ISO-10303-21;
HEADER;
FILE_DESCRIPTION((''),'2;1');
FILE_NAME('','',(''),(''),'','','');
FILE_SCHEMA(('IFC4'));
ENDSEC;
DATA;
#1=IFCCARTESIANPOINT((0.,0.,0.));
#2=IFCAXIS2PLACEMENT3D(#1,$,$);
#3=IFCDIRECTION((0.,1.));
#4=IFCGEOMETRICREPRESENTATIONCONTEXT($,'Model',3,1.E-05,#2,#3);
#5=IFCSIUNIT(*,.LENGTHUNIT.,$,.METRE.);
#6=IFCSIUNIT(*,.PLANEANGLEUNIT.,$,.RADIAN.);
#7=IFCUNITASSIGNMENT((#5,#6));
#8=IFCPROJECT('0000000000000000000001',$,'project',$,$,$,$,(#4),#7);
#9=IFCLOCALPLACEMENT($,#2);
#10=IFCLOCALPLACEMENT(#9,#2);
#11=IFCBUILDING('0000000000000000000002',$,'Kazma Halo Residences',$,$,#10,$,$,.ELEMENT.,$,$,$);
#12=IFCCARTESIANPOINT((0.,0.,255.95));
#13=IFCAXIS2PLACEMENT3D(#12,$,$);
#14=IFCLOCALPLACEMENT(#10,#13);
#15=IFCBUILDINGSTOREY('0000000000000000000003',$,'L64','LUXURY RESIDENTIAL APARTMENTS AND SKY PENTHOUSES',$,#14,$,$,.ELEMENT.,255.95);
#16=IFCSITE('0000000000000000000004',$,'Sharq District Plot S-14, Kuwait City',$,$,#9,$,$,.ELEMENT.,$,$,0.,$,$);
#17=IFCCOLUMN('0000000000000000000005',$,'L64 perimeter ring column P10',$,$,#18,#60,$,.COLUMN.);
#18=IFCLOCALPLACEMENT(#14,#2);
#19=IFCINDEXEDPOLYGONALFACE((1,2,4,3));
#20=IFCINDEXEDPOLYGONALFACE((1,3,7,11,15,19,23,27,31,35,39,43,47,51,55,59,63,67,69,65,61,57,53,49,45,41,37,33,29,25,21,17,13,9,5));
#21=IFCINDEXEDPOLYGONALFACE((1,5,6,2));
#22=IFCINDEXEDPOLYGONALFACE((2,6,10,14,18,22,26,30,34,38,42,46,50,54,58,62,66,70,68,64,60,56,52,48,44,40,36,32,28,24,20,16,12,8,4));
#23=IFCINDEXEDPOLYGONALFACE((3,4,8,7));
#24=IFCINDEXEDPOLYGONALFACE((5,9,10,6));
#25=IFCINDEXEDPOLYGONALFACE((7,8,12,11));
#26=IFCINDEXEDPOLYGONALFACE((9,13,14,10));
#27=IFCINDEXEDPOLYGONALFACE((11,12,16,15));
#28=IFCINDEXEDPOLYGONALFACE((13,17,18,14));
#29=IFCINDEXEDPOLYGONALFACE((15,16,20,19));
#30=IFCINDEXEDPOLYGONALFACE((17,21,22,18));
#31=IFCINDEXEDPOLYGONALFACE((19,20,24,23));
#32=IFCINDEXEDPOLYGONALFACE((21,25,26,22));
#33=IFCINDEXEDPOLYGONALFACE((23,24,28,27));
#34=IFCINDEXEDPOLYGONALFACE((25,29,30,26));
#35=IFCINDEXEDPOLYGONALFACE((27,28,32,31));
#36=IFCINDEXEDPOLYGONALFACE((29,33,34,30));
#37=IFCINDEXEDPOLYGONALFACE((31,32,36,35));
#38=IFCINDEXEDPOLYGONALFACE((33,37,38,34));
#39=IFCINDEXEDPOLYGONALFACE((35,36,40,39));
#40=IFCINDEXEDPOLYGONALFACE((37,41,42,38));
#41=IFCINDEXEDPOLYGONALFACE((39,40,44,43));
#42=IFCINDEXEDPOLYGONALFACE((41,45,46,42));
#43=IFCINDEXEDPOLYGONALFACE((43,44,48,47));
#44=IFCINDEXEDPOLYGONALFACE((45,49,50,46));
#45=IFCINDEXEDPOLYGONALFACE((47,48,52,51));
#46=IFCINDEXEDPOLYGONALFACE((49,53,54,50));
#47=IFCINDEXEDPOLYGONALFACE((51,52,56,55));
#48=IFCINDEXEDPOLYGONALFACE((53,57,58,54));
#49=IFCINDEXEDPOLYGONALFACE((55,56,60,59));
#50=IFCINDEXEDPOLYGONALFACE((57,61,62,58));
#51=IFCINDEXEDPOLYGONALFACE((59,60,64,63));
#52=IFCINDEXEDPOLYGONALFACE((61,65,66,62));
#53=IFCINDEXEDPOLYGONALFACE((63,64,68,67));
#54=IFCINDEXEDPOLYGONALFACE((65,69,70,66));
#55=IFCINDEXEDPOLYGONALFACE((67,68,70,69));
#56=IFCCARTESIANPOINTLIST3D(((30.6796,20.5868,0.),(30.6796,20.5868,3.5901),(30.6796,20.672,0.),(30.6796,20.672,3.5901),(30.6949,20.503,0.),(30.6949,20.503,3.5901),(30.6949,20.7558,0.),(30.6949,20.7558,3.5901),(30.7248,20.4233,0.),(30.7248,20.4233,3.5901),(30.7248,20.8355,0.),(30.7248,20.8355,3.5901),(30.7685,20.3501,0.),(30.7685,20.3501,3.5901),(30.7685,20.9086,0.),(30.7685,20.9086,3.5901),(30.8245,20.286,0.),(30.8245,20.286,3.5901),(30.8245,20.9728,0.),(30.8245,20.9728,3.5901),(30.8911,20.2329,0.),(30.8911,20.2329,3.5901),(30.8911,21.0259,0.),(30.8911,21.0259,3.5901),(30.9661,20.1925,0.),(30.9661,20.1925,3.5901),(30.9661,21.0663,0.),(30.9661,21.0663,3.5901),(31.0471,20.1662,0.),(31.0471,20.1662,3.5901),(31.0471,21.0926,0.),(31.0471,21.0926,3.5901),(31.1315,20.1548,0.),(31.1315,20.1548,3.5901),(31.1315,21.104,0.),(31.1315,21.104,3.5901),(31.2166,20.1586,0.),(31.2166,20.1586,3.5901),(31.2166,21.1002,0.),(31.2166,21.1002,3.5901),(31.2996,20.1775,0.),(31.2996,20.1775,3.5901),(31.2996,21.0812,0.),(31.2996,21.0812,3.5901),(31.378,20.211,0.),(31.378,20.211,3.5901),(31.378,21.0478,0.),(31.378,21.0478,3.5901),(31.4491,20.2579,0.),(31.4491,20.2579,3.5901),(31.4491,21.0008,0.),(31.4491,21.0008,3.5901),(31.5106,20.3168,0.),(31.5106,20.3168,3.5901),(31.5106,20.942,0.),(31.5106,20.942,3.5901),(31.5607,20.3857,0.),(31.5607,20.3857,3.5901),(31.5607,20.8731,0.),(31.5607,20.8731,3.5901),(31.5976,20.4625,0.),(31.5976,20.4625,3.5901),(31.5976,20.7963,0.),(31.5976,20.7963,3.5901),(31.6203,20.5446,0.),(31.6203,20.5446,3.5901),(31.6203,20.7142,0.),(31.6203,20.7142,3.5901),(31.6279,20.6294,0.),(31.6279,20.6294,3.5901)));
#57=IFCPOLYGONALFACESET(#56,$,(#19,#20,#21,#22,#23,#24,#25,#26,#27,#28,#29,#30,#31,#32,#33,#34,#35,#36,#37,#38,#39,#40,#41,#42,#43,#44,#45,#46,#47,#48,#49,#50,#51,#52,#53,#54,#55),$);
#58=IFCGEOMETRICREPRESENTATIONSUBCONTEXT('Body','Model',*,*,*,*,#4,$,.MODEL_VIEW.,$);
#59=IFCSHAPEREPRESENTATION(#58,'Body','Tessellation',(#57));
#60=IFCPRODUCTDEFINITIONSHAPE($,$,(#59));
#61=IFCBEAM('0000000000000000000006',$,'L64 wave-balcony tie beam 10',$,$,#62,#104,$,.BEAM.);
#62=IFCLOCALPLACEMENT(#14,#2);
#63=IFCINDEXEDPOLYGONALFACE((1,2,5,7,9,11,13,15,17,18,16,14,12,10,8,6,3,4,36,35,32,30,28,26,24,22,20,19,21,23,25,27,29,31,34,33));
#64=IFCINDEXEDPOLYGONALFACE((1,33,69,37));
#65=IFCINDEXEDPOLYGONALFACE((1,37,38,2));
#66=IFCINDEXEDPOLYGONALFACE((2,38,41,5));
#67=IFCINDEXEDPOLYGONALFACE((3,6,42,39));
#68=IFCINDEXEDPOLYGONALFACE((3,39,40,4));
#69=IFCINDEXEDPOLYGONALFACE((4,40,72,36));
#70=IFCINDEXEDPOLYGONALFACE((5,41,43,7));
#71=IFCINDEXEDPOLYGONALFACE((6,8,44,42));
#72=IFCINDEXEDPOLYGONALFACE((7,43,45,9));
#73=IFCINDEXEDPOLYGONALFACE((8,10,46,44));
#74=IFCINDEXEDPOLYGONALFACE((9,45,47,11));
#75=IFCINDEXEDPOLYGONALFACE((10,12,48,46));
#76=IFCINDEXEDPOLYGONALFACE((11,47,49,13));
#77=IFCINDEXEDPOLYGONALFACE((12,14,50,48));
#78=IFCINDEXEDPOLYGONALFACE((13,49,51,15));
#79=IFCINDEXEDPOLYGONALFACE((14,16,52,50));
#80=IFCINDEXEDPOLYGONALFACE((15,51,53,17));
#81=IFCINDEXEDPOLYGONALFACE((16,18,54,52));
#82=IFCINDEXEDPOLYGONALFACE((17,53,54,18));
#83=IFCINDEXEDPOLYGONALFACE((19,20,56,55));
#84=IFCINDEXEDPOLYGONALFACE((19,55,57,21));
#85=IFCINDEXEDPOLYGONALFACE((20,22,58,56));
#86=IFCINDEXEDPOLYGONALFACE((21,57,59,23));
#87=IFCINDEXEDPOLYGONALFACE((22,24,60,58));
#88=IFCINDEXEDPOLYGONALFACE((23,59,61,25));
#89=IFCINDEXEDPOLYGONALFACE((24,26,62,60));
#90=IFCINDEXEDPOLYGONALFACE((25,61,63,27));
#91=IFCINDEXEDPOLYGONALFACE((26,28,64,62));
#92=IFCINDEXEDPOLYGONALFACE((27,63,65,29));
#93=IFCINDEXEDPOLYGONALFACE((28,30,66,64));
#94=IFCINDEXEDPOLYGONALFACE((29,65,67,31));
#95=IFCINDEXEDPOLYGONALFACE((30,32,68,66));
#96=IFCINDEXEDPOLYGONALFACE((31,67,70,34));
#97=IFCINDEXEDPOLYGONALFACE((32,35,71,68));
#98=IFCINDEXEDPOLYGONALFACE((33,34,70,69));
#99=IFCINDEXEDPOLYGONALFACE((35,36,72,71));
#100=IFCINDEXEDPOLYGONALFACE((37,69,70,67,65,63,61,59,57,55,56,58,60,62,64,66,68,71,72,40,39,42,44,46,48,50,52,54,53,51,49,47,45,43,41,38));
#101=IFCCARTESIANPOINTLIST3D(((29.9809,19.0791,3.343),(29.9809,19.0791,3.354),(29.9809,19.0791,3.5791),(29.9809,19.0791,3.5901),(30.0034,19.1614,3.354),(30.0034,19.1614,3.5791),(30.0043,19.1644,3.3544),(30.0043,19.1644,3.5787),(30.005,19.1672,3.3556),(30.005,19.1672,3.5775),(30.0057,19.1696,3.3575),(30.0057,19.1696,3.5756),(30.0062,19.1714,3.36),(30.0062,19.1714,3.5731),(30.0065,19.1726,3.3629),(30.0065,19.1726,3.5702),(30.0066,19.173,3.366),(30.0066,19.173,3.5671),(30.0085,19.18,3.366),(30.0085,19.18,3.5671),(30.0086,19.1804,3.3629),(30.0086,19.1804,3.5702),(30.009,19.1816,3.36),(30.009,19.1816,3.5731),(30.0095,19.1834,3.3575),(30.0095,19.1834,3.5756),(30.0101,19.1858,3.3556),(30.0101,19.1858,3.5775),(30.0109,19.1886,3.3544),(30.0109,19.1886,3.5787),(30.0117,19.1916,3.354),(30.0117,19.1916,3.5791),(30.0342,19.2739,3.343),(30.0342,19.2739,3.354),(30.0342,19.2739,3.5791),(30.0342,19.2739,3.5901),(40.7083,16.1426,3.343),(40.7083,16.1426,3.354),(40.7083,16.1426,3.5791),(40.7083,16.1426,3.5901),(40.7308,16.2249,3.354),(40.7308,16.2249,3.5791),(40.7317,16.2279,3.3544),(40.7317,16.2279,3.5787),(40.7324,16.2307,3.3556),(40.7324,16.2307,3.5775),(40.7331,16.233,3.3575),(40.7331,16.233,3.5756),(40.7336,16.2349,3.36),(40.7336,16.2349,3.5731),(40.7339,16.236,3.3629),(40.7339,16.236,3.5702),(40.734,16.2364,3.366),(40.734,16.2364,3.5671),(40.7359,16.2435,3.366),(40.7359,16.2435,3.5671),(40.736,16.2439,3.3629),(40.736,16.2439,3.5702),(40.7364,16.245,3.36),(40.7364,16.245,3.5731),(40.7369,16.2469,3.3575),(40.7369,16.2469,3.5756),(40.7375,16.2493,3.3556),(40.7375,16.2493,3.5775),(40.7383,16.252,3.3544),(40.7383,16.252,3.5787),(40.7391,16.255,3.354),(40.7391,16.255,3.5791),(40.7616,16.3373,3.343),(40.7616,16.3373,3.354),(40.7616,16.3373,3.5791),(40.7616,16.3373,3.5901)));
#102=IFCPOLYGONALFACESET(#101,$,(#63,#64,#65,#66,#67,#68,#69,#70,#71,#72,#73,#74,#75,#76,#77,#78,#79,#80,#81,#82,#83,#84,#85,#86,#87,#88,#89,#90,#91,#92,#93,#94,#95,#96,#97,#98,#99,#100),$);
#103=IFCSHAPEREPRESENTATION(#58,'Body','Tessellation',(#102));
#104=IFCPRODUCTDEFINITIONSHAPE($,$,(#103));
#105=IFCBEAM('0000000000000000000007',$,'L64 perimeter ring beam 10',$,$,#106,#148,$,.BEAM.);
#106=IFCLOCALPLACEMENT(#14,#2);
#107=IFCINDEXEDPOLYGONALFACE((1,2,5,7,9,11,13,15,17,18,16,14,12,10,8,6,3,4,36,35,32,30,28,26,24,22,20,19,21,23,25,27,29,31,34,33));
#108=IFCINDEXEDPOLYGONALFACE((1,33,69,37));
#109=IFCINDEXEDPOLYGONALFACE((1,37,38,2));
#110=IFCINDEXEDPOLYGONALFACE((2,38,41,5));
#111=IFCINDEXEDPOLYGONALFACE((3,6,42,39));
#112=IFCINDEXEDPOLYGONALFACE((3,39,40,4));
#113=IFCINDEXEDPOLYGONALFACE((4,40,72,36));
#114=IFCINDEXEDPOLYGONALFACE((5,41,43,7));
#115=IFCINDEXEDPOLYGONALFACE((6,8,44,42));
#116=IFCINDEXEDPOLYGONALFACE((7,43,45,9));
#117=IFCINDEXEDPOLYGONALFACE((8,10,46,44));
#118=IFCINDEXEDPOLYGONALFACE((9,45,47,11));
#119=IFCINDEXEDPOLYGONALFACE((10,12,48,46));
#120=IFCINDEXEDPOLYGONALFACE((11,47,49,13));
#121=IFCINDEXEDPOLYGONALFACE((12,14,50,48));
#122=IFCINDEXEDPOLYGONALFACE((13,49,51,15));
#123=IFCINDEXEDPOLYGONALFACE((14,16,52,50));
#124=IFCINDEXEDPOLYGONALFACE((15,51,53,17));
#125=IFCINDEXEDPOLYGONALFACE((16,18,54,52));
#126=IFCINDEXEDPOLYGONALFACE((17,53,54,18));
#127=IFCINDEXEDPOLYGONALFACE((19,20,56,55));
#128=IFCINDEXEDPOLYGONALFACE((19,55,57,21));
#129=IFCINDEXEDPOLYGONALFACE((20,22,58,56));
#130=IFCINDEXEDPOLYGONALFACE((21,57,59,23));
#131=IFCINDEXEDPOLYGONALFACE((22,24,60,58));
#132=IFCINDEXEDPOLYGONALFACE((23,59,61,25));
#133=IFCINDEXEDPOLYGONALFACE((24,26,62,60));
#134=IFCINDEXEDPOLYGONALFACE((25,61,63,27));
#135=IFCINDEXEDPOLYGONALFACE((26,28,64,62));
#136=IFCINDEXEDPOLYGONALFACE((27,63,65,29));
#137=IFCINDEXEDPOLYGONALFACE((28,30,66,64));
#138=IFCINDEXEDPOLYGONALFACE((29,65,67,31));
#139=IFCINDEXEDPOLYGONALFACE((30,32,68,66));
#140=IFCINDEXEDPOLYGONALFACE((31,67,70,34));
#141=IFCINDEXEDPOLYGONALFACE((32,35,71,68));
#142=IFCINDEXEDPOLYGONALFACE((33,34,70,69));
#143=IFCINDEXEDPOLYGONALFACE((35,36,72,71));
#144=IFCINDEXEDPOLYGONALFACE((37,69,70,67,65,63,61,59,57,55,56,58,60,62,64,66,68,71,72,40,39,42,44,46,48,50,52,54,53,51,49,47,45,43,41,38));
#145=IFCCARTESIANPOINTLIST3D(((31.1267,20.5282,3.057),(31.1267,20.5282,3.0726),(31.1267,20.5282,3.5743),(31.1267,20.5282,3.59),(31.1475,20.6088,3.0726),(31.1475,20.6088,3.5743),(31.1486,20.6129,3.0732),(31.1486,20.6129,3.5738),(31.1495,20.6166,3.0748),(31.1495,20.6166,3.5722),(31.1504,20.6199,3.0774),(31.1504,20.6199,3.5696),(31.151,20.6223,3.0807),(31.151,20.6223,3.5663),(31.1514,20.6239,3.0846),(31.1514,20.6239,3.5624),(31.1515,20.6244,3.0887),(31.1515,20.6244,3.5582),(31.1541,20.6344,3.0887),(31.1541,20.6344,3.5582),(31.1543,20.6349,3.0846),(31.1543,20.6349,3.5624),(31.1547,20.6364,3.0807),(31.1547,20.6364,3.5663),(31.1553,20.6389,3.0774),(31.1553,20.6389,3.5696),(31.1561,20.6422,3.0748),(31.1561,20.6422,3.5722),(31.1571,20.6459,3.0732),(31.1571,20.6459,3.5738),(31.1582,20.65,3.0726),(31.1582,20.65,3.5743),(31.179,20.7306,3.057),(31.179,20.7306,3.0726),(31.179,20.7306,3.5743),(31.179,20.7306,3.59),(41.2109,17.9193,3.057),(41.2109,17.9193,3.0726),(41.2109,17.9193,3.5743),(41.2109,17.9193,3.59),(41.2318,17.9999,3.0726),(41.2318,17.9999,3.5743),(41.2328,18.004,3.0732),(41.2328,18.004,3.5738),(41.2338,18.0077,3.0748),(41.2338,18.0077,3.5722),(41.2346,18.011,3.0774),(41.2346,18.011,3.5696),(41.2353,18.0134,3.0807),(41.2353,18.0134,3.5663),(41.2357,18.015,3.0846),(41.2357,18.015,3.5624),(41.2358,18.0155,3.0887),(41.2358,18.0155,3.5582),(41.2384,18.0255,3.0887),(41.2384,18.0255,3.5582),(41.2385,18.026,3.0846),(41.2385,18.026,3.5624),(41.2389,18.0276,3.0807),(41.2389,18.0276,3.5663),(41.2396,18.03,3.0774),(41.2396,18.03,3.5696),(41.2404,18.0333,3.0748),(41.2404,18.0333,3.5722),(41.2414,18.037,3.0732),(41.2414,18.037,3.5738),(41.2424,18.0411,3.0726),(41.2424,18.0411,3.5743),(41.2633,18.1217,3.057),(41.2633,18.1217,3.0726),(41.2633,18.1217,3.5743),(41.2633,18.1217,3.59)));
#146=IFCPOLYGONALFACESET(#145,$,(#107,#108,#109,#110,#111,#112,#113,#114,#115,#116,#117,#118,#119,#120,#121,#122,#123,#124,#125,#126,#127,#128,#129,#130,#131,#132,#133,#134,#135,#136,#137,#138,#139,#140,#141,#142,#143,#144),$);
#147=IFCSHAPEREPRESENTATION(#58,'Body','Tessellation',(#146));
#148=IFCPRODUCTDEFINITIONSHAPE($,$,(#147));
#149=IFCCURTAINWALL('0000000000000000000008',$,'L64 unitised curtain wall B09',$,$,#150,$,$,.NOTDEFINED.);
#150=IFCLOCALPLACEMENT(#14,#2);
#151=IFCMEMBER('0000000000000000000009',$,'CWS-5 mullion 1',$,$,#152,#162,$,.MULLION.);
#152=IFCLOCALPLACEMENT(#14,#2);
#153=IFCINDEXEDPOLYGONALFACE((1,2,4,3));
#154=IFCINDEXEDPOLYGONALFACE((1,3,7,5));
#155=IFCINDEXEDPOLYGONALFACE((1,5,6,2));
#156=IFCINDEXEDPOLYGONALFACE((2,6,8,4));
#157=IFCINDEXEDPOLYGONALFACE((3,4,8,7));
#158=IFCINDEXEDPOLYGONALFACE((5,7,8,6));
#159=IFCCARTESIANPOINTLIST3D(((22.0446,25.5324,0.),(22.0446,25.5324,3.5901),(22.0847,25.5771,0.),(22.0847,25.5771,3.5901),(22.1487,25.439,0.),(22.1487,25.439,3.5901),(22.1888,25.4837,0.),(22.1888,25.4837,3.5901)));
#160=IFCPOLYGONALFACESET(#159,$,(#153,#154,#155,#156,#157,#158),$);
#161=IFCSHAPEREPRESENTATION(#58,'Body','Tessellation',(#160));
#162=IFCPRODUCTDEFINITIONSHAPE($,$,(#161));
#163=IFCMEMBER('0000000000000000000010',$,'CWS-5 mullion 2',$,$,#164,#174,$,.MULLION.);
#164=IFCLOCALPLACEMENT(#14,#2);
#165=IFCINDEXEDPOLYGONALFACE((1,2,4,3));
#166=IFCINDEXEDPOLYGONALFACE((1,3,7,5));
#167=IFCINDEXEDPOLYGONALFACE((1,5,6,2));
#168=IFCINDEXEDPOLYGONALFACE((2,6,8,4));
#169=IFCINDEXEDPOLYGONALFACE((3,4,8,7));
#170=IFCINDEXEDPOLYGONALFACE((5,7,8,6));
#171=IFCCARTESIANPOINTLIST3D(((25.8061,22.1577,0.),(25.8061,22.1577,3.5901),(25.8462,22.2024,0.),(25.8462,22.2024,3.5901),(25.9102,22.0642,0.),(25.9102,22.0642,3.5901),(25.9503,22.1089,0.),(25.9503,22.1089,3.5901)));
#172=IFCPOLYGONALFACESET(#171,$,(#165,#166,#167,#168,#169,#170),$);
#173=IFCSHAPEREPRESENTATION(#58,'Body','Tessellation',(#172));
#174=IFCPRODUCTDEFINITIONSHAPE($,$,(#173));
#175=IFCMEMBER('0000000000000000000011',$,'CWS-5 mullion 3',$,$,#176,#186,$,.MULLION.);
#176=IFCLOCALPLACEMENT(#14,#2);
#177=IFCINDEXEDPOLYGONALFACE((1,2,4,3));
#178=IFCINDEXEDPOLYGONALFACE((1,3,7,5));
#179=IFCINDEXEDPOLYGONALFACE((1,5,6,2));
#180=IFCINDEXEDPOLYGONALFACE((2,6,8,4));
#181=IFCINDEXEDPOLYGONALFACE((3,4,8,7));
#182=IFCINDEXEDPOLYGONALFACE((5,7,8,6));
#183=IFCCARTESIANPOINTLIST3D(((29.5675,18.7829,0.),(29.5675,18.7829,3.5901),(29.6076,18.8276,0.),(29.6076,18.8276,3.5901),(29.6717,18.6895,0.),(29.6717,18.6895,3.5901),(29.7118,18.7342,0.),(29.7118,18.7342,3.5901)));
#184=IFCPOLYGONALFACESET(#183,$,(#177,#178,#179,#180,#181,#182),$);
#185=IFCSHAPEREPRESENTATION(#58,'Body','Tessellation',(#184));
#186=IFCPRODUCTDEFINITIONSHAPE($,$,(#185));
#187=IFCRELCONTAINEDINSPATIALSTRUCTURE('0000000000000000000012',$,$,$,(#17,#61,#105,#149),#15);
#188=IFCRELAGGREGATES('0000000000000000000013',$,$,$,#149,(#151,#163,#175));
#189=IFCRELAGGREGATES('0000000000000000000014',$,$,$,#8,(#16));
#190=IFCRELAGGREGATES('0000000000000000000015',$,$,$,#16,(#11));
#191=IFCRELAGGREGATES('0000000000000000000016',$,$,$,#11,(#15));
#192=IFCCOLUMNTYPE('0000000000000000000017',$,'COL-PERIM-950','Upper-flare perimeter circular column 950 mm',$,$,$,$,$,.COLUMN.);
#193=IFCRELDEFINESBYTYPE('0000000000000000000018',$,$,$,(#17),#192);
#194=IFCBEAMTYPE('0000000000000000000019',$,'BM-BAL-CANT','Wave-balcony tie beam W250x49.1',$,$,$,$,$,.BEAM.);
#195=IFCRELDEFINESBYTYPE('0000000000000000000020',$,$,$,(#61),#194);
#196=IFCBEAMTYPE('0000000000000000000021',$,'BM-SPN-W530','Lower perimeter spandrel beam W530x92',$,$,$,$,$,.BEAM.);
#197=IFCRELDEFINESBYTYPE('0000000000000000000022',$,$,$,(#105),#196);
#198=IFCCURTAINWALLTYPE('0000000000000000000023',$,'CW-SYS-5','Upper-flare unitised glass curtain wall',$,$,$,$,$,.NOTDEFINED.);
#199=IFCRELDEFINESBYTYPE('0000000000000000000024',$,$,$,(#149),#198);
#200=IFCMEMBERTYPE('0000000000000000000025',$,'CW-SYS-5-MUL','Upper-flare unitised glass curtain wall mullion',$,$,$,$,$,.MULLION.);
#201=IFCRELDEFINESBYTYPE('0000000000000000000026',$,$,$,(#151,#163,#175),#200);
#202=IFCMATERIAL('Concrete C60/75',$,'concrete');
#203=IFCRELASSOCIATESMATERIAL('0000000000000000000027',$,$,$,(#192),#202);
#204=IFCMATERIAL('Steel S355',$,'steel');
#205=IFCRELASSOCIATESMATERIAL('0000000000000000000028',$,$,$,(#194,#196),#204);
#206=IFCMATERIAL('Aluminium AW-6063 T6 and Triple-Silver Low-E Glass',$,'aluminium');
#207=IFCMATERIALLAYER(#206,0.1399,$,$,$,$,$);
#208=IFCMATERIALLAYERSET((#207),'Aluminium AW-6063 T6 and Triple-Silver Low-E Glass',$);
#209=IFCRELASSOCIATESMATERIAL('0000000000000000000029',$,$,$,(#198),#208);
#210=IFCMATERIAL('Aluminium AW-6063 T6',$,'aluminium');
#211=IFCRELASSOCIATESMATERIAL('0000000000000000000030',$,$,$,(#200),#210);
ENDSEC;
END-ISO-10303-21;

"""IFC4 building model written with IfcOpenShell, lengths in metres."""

from ifc_helpers import new_model, si_unit, direction, frame, origin, origin_2d, place, context, subcontext, project, spatial, rectangle, circle, i_section, extrude, material, layer, layer_set, material_profile, profile_set, type_object, element, aggregate, save


model = new_model("IFC4")

# Units and contexts
model_context = context("Model", 3, precision=1e-05, world=origin(), true_north=direction((0.0, 1.0)))
body_context = subcontext(model_context, "Body", "Model", "MODEL_VIEW")
ifc_project = project(units=[si_unit("LENGTHUNIT", "METRE"), si_unit("PLANEANGLEUNIT", "RADIAN")], contexts=[model_context])

# Site, building, storey
site_placement = place(None, origin())
site = spatial("IfcSite", under=ifc_project, at=site_placement, Name="Sharq District Plot S-14, Kuwait City", CompositionType="ELEMENT", RefElevation=0.0)
building_placement = place(site_placement, origin())
building = spatial("IfcBuilding", under=site, at=building_placement, Name="Kazma Halo Residences", CompositionType="ELEMENT")
storey_placement = place(building_placement, frame((0.0, 0.0, 255.95)))
storey = spatial("IfcBuildingStorey", under=building, at=storey_placement, Name="L64", Description="LUXURY RESIDENTIAL APARTMENTS AND SKY PENTHOUSES", CompositionType="ELEMENT", Elevation=255.95)

# Column
ifc_material_1 = material(Name="Concrete C60/75", Category="concrete")
ifc_material_profile_1 = material_profile(ifc_material_1, circle(Radius=0.4751, at=origin_2d()), Name="CIRC950")
ifc_profile_set_1 = profile_set([ifc_material_profile_1], Name="Concrete C60/75")
column_type = type_object("IfcColumnType", Name="COL-PERIM-950", Description="Upper-flare perimeter circular column 950 mm", PredefinedType="COLUMN", material=ifc_profile_set_1)
column_placement = place(storey_placement, frame((31.1528, 20.6294, 0.0), z_axis=(0.0, 0.0, 1.0), x_axis=(1.0, 0.0, 0.0)))
element("IfcColumn", 1, at=column_placement, inside=storey, type_object=column_type, Name="L64 perimeter ring column P10", PredefinedType="COLUMN", context=body_context, shape_type="SweptSolid", body=[
    extrude(circle(Radius=0.4751, at=origin_2d()), origin(), (0.0, 0.0, 1.0), 3.5901),
])

# Beams
ifc_material_2 = material(Name="Steel S355", Category="steel")
ifc_material_profile_2 = material_profile(ifc_material_2, i_section(OverallWidth=0.2019, OverallDepth=0.2471, WebThickness=0.0073, FlangeThickness=0.011, FilletRadius=0.012, at=origin_2d()), Name="W250x49.1")
ifc_profile_set_2 = profile_set([ifc_material_profile_2], Name="Steel S355")
beam_type_1 = type_object("IfcBeamType", Name="BM-BAL-CANT", Description="Wave-balcony tie beam W250x49.1", PredefinedType="BEAM", material=ifc_profile_set_2)
beam_1_placement = place(storey_placement, frame((30.0076, 19.1765, 3.4666), z_axis=(0.964515, -0.264029, 0.0), x_axis=(0.264029, 0.964515, 0.0)))
element("IfcBeam", 2, at=beam_1_placement, inside=storey, type_object=beam_type_1, Name="L64 wave-balcony tie beam 10", PredefinedType="BEAM", context=body_context, shape_type="SweptSolid", body=[
    extrude(i_section(OverallWidth=0.2019, OverallDepth=0.2471, WebThickness=0.0073, FlangeThickness=0.011, FilletRadius=0.012, at=origin_2d()), origin(), (0.0, 0.0, 1.0), 11.1221),
])
ifc_material_profile_3 = material_profile(ifc_material_2, i_section(OverallWidth=0.209, OverallDepth=0.533, WebThickness=0.0103, FlangeThickness=0.0156, FilletRadius=0.0161, at=origin_2d()), Name="W530x92")
ifc_profile_set_3 = profile_set([ifc_material_profile_3], Name="Steel S355")
beam_type_2 = type_object("IfcBeamType", Name="BM-SPN-W530", Description="Lower perimeter spandrel beam W530x92", PredefinedType="BEAM", material=ifc_profile_set_3)
beam_2_placement = place(storey_placement, frame((31.1528, 20.6294, 3.3235), z_axis=(0.968126, -0.250464, 0.0), x_axis=(0.250464, 0.968126, 0.0)))
element("IfcBeam", 3, at=beam_2_placement, inside=storey, type_object=beam_type_2, Name="L64 perimeter ring beam 10", PredefinedType="BEAM", context=body_context, shape_type="SweptSolid", body=[
    extrude(i_section(OverallWidth=0.209, OverallDepth=0.533, WebThickness=0.0103, FlangeThickness=0.0156, FilletRadius=0.0161, at=origin_2d()), origin(), (0.0, 0.0, 1.0), 10.4163),
])

# Curtain wall, members
ifc_material_3 = material(Name="Aluminium AW-6063 T6 and Triple-Silver Low-E Glass", Category="aluminium")
ifc_layer_1 = layer(ifc_material_3, 0.1399)
ifc_layer_set_1 = layer_set([ifc_layer_1], Name="Aluminium AW-6063 T6 and Triple-Silver Low-E Glass")
curtain_wall_type = type_object("IfcCurtainWallType", Name="CW-SYS-5", Description="Upper-flare unitised glass curtain wall", PredefinedType="NOTDEFINED", material=ifc_layer_set_1)
curtain_wall_placement = place(storey_placement, origin())
curtain_wall = element("IfcCurtainWall", 4, at=curtain_wall_placement, inside=storey, type_object=curtain_wall_type, Name="L64 unitised curtain wall B09", PredefinedType="NOTDEFINED")
ifc_material_4 = material(Name="Aluminium AW-6063 T6", Category="aluminium")
ifc_material_profile_4 = material_profile(ifc_material_4, rectangle(XDim=0.0601, YDim=0.1399, at=origin_2d()), Name="CWM-60x140")
ifc_profile_set_4 = profile_set([ifc_material_profile_4], Name="Aluminium AW-6063 T6")
member_type_1 = type_object("IfcMemberType", Name="CW-SYS-5-MUL", Description="Upper-flare unitised glass curtain wall mullion", PredefinedType="MULLION", material=ifc_profile_set_4)
member_1_placement = place(storey_placement, frame((22.1167, 25.5081, 0.0), z_axis=(0.0, 0.0, 1.0), x_axis=(0.667805, 0.744336, 0.0)))
member_1 = element("IfcMember", 5, at=member_1_placement, type_object=member_type_1, Name="CWS-5 mullion 1", PredefinedType="MULLION", context=body_context, shape_type="SweptSolid", body=[
    extrude(rectangle(XDim=0.0601, YDim=0.1399, at=origin_2d()), origin(), (0.0, 0.0, 1.0), 3.5901),
])
member_2_placement = place(storey_placement, frame((25.8782, 22.1333, 0.0), z_axis=(0.0, 0.0, 1.0), x_axis=(0.667805, 0.744336, 0.0)))
member_2 = element("IfcMember", 6, at=member_2_placement, type_object=member_type_1, Name="CWS-5 mullion 2", PredefinedType="MULLION", context=body_context, shape_type="SweptSolid", body=[
    extrude(rectangle(XDim=0.0601, YDim=0.1399, at=origin_2d()), origin(), (0.0, 0.0, 1.0), 3.5901),
])
member_3_placement = place(storey_placement, frame((29.6396, 18.7585, 0.0), z_axis=(0.0, 0.0, 1.0), x_axis=(0.667805, 0.744336, 0.0)))
member_3 = element("IfcMember", 7, at=member_3_placement, type_object=member_type_1, Name="CWS-5 mullion 3", PredefinedType="MULLION", context=body_context, shape_type="SweptSolid", body=[
    extrude(rectangle(XDim=0.0601, YDim=0.1399, at=origin_2d()), origin(), (0.0, 0.0, 1.0), 3.5901),
])
aggregate(curtain_wall, [member_1, member_2, member_3])

save(model, "model.ifc")
